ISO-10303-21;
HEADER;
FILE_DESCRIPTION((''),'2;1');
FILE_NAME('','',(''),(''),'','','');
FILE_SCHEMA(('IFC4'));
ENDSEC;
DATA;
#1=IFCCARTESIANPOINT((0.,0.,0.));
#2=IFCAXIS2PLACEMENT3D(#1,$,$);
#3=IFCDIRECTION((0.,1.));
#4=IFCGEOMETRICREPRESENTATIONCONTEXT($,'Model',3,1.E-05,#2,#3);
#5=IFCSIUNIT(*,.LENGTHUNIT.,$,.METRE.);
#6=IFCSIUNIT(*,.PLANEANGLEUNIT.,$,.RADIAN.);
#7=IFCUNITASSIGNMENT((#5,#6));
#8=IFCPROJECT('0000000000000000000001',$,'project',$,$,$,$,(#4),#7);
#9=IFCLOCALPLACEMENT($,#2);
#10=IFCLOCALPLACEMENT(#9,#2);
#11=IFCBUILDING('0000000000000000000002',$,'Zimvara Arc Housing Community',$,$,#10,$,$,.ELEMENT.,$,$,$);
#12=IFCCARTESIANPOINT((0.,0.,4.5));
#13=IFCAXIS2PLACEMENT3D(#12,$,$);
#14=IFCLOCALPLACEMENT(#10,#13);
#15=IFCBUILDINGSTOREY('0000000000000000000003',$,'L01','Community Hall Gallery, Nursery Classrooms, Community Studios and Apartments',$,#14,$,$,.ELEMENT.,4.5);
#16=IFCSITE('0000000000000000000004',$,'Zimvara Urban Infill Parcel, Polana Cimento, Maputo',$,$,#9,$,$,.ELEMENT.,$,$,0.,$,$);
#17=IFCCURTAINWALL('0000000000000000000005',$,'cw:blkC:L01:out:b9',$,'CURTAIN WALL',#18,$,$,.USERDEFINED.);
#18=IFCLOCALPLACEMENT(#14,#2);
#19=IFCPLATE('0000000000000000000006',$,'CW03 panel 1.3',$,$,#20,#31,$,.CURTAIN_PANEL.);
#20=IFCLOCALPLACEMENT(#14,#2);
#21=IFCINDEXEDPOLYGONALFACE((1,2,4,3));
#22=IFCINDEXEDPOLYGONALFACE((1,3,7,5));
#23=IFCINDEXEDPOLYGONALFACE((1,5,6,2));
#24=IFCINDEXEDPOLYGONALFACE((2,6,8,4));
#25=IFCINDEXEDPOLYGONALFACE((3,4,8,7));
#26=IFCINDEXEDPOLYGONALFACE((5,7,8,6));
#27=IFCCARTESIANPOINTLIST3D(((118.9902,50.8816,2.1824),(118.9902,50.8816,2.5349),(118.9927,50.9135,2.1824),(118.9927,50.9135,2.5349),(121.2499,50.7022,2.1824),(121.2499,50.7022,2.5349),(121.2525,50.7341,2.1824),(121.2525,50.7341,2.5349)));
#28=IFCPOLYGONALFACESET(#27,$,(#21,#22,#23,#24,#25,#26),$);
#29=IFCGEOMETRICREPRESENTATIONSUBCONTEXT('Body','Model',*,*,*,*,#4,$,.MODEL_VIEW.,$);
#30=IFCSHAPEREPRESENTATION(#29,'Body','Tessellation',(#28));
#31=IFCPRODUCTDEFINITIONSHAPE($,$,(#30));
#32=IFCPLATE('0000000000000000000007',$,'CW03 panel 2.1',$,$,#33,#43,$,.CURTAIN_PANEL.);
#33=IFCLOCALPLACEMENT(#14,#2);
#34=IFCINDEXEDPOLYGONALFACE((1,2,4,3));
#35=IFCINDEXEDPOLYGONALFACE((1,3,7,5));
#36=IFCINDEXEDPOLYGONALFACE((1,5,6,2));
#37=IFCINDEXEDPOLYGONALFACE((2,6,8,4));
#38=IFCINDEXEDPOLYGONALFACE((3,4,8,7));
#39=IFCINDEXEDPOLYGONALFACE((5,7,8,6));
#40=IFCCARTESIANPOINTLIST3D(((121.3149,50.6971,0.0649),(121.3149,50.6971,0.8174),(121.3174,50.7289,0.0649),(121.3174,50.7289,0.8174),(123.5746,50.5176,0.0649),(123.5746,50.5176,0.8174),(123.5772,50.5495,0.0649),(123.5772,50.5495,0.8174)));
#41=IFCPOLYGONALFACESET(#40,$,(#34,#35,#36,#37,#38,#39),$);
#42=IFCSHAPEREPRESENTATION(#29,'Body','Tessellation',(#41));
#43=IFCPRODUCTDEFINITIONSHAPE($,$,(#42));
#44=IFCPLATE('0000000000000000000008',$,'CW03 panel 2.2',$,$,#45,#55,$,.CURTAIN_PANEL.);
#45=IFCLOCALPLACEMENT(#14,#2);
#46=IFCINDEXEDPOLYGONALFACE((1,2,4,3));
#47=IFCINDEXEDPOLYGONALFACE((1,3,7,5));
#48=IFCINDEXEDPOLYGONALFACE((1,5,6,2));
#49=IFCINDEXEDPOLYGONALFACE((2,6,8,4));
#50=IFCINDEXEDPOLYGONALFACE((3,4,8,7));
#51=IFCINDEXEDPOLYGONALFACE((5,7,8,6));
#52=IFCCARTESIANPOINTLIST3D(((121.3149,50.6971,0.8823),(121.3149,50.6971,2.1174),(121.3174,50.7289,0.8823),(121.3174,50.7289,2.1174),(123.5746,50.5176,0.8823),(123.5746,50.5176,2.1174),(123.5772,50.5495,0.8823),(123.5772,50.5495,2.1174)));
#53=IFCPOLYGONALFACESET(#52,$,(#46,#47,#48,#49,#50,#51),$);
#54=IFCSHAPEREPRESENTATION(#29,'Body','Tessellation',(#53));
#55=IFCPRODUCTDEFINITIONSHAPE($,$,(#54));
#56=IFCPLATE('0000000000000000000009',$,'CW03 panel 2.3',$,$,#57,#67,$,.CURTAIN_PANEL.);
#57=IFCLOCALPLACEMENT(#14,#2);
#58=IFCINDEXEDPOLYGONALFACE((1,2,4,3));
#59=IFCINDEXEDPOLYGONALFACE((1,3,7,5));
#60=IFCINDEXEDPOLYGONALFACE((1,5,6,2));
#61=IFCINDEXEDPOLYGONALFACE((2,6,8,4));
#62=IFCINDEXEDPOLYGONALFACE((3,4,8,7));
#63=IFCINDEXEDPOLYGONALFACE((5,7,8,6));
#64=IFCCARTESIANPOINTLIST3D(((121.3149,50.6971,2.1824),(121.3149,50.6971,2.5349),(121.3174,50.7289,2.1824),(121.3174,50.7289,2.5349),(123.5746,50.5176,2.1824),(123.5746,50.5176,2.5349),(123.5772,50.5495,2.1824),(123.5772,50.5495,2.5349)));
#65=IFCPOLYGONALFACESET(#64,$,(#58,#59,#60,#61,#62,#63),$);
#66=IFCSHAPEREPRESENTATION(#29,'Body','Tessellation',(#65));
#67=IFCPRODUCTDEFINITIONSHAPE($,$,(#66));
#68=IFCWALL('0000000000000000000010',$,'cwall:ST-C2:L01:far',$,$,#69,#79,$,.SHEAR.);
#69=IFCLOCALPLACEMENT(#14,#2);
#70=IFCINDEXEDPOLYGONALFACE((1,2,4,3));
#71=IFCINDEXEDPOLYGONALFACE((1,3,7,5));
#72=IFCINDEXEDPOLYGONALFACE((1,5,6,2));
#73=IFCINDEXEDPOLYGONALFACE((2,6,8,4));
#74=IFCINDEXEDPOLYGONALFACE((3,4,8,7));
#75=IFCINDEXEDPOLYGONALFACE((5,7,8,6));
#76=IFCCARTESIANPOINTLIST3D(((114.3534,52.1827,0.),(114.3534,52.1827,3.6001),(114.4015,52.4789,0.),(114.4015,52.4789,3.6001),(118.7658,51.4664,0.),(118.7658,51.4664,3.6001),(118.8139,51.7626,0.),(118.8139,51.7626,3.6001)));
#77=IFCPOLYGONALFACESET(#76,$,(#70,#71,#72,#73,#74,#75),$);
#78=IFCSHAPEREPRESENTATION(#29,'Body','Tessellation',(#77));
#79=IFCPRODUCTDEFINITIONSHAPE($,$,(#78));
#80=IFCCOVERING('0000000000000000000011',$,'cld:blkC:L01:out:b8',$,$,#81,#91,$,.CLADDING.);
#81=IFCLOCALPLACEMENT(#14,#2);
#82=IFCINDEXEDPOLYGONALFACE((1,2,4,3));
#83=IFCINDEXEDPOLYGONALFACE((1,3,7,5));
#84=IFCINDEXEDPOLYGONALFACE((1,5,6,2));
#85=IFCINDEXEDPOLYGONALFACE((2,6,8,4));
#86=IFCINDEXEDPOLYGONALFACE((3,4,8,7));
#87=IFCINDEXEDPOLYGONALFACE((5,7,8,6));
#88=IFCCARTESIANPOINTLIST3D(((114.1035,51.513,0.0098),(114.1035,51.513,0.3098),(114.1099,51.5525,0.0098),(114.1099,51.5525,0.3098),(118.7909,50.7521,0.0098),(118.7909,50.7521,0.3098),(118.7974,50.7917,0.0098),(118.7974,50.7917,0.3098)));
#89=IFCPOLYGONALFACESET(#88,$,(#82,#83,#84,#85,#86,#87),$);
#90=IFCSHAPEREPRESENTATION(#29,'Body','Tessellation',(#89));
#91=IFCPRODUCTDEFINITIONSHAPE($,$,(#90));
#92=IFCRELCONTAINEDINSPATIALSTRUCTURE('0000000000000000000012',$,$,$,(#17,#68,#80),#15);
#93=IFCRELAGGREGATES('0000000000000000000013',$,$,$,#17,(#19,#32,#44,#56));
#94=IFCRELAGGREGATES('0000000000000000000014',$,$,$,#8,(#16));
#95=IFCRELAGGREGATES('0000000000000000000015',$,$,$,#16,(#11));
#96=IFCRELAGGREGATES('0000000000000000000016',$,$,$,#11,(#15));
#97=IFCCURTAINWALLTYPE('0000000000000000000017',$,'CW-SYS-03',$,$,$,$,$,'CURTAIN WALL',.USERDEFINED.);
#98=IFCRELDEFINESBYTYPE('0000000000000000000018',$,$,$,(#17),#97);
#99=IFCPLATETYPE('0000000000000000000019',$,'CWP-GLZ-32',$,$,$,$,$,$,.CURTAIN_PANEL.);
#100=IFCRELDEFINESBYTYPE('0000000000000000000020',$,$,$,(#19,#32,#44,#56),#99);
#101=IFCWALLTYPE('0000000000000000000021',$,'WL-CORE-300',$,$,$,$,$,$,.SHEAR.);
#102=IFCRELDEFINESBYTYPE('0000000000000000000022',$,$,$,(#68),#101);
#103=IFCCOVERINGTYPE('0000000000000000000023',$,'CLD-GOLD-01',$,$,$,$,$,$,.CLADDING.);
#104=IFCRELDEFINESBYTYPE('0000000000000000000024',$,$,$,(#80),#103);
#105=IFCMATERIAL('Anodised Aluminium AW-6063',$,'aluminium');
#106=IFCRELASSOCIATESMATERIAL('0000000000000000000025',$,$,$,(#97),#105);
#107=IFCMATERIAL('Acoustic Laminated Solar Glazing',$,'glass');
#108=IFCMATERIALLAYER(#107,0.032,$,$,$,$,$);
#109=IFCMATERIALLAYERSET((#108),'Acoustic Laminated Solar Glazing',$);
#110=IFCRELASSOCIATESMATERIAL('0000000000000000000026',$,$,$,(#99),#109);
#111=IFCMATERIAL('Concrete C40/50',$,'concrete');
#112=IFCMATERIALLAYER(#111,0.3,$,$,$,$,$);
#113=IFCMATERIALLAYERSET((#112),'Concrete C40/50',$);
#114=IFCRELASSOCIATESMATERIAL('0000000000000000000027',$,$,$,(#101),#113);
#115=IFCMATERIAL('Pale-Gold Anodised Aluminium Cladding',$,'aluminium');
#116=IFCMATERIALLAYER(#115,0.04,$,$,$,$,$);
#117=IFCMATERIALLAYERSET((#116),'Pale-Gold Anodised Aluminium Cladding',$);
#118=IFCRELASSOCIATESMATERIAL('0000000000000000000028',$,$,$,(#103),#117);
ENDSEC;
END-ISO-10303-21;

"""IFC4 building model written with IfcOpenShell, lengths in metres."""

from ifc_helpers import new_model, si_unit, direction, frame, frame_2d, origin, origin_2d, place, context, subcontext, project, spatial, rectangle, extrude, material, layer, layer_set, type_object, element, aggregate, save


model = new_model("IFC4")

# Units and contexts
model_context = context("Model", 3, precision=1e-05, world=origin(), true_north=direction((0.0, 1.0)))
body_context = subcontext(model_context, "Body", "Model", "MODEL_VIEW")
ifc_project = project(units=[si_unit("LENGTHUNIT", "METRE"), si_unit("PLANEANGLEUNIT", "RADIAN")], contexts=[model_context])

# Site, building, storey
site_placement = place(None, origin())
site = spatial("IfcSite", under=ifc_project, at=site_placement, Name="Zimvara Urban Infill Parcel, Polana Cimento, Maputo", CompositionType="ELEMENT", RefElevation=0.0)
building_placement = place(site_placement, origin())
building = spatial("IfcBuilding", under=site, at=building_placement, Name="Zimvara Arc Housing Community", CompositionType="ELEMENT")
storey_placement = place(building_placement, frame((0.0, 0.0, 4.5)))
storey = spatial("IfcBuildingStorey", under=building, at=storey_placement, Name="L01", Description="Community Hall Gallery, Nursery Classrooms, Community Studios and Apartments", CompositionType="ELEMENT", Elevation=4.5)

# Curtain wall, plates
ifc_material_1 = material(Name="Anodised Aluminium AW-6063", Category="aluminium")
curtain_wall_type = type_object("IfcCurtainWallType", Name="CW-SYS-03", ElementType="CURTAIN WALL", PredefinedType="USERDEFINED", material=ifc_material_1)
curtain_wall_placement = place(storey_placement, origin())
curtain_wall = element("IfcCurtainWall", 1, at=curtain_wall_placement, inside=storey, type_object=curtain_wall_type, Name="cw:blkC:L01:out:b9", ObjectType="CURTAIN WALL", PredefinedType="USERDEFINED")
ifc_material_2 = material(Name="Acoustic Laminated Solar Glazing", Category="glass")
ifc_layer_1 = layer(ifc_material_2, 0.032)
ifc_layer_set_1 = layer_set([ifc_layer_1], Name="Acoustic Laminated Solar Glazing")
plate_type = type_object("IfcPlateType", Name="CWP-GLZ-32", PredefinedType="CURTAIN_PANEL", material=ifc_layer_set_1)
plate_1_placement = place(storey_placement, frame((120.1213, 50.8079, 2.1824), z_axis=(0.0, 0.0, 1.0), x_axis=(0.996862, -0.079154, 0.0)))
plate_1 = element("IfcPlate", 2, at=plate_1_placement, type_object=plate_type, Name="CW03 panel 1.3", PredefinedType="CURTAIN_PANEL", context=body_context, shape_type="SweptSolid", body=[
    extrude(rectangle(XDim=2.2668, YDim=0.032, at=origin_2d()), origin(), (0.0, 0.0, 1.0), 0.3525),
])
plate_2_placement = place(storey_placement, frame((122.446, 50.6233, 0.0649), z_axis=(0.0, 0.0, 1.0), x_axis=(0.996862, -0.079154, 0.0)))
plate_2 = element("IfcPlate", 3, at=plate_2_placement, type_object=plate_type, Name="CW03 panel 2.1", PredefinedType="CURTAIN_PANEL", context=body_context, shape_type="SweptSolid", body=[
    extrude(rectangle(XDim=2.2668, YDim=0.032, at=origin_2d()), origin(), (0.0, 0.0, 1.0), 0.7524),
])
plate_3_placement = place(storey_placement, frame((122.446, 50.6233, 0.8823), z_axis=(0.0, 0.0, 1.0), x_axis=(0.996862, -0.079154, 0.0)))
plate_3 = element("IfcPlate", 4, at=plate_3_placement, type_object=plate_type, Name="CW03 panel 2.2", PredefinedType="CURTAIN_PANEL", context=body_context, shape_type="SweptSolid", body=[
    extrude(rectangle(XDim=2.2668, YDim=0.032, at=origin_2d()), origin(), (0.0, 0.0, 1.0), 1.2351),
])
plate_4_placement = place(storey_placement, frame((122.446, 50.6233, 2.1824), z_axis=(0.0, 0.0, 1.0), x_axis=(0.996862, -0.079154, 0.0)))
plate_4 = element("IfcPlate", 5, at=plate_4_placement, type_object=plate_type, Name="CW03 panel 2.3", PredefinedType="CURTAIN_PANEL", context=body_context, shape_type="SweptSolid", body=[
    extrude(rectangle(XDim=2.2668, YDim=0.032, at=origin_2d()), origin(), (0.0, 0.0, 1.0), 0.3525),
])
aggregate(curtain_wall, [plate_1, plate_2, plate_3, plate_4])

# Wall
ifc_material_3 = material(Name="Concrete C40/50", Category="concrete")
ifc_layer_2 = layer(ifc_material_3, 0.3)
ifc_layer_set_2 = layer_set([ifc_layer_2], Name="Concrete C40/50")
wall_type = type_object("IfcWallType", Name="WL-CORE-300", PredefinedType="SHEAR", material=ifc_layer_set_2)
wall_placement = place(storey_placement, frame((114.3774, 52.3308, 0.0), z_axis=(0.0, 0.0, 1.0), x_axis=(0.987077, -0.160244, 0.0)))
element("IfcWall", 6, at=wall_placement, inside=storey, type_object=wall_type, Name="cwall:ST-C2:L01:far", PredefinedType="SHEAR", context=body_context, shape_type="SweptSolid", body=[
    extrude(rectangle(XDim=4.4702, YDim=0.3, at=frame_2d((2.2351, 0.0))), origin(), (0.0, 0.0, 1.0), 3.6001),
])

# Covering
ifc_material_4 = material(Name="Pale-Gold Anodised Aluminium Cladding", Category="aluminium")
ifc_layer_3 = layer(ifc_material_4, 0.04)
ifc_layer_set_3 = layer_set([ifc_layer_3], Name="Pale-Gold Anodised Aluminium Cladding")
covering_type = type_object("IfcCoveringType", Name="CLD-GOLD-01", PredefinedType="CLADDING", material=ifc_layer_set_3)
covering_placement = place(storey_placement, frame((116.4504, 51.1523, 0.0098), z_axis=(0.0, 0.0, 1.0), x_axis=(0.98708, -0.160226, 0.0)))
element("IfcCovering", 7, at=covering_placement, inside=storey, type_object=covering_type, Name="cld:blkC:L01:out:b8", PredefinedType="CLADDING", context=body_context, shape_type="SweptSolid", body=[
    extrude(rectangle(XDim=4.7488, YDim=0.04, at=origin_2d()), origin(), (0.0, 0.0, 1.0), 0.3),
])

save(model, "model.ifc")
